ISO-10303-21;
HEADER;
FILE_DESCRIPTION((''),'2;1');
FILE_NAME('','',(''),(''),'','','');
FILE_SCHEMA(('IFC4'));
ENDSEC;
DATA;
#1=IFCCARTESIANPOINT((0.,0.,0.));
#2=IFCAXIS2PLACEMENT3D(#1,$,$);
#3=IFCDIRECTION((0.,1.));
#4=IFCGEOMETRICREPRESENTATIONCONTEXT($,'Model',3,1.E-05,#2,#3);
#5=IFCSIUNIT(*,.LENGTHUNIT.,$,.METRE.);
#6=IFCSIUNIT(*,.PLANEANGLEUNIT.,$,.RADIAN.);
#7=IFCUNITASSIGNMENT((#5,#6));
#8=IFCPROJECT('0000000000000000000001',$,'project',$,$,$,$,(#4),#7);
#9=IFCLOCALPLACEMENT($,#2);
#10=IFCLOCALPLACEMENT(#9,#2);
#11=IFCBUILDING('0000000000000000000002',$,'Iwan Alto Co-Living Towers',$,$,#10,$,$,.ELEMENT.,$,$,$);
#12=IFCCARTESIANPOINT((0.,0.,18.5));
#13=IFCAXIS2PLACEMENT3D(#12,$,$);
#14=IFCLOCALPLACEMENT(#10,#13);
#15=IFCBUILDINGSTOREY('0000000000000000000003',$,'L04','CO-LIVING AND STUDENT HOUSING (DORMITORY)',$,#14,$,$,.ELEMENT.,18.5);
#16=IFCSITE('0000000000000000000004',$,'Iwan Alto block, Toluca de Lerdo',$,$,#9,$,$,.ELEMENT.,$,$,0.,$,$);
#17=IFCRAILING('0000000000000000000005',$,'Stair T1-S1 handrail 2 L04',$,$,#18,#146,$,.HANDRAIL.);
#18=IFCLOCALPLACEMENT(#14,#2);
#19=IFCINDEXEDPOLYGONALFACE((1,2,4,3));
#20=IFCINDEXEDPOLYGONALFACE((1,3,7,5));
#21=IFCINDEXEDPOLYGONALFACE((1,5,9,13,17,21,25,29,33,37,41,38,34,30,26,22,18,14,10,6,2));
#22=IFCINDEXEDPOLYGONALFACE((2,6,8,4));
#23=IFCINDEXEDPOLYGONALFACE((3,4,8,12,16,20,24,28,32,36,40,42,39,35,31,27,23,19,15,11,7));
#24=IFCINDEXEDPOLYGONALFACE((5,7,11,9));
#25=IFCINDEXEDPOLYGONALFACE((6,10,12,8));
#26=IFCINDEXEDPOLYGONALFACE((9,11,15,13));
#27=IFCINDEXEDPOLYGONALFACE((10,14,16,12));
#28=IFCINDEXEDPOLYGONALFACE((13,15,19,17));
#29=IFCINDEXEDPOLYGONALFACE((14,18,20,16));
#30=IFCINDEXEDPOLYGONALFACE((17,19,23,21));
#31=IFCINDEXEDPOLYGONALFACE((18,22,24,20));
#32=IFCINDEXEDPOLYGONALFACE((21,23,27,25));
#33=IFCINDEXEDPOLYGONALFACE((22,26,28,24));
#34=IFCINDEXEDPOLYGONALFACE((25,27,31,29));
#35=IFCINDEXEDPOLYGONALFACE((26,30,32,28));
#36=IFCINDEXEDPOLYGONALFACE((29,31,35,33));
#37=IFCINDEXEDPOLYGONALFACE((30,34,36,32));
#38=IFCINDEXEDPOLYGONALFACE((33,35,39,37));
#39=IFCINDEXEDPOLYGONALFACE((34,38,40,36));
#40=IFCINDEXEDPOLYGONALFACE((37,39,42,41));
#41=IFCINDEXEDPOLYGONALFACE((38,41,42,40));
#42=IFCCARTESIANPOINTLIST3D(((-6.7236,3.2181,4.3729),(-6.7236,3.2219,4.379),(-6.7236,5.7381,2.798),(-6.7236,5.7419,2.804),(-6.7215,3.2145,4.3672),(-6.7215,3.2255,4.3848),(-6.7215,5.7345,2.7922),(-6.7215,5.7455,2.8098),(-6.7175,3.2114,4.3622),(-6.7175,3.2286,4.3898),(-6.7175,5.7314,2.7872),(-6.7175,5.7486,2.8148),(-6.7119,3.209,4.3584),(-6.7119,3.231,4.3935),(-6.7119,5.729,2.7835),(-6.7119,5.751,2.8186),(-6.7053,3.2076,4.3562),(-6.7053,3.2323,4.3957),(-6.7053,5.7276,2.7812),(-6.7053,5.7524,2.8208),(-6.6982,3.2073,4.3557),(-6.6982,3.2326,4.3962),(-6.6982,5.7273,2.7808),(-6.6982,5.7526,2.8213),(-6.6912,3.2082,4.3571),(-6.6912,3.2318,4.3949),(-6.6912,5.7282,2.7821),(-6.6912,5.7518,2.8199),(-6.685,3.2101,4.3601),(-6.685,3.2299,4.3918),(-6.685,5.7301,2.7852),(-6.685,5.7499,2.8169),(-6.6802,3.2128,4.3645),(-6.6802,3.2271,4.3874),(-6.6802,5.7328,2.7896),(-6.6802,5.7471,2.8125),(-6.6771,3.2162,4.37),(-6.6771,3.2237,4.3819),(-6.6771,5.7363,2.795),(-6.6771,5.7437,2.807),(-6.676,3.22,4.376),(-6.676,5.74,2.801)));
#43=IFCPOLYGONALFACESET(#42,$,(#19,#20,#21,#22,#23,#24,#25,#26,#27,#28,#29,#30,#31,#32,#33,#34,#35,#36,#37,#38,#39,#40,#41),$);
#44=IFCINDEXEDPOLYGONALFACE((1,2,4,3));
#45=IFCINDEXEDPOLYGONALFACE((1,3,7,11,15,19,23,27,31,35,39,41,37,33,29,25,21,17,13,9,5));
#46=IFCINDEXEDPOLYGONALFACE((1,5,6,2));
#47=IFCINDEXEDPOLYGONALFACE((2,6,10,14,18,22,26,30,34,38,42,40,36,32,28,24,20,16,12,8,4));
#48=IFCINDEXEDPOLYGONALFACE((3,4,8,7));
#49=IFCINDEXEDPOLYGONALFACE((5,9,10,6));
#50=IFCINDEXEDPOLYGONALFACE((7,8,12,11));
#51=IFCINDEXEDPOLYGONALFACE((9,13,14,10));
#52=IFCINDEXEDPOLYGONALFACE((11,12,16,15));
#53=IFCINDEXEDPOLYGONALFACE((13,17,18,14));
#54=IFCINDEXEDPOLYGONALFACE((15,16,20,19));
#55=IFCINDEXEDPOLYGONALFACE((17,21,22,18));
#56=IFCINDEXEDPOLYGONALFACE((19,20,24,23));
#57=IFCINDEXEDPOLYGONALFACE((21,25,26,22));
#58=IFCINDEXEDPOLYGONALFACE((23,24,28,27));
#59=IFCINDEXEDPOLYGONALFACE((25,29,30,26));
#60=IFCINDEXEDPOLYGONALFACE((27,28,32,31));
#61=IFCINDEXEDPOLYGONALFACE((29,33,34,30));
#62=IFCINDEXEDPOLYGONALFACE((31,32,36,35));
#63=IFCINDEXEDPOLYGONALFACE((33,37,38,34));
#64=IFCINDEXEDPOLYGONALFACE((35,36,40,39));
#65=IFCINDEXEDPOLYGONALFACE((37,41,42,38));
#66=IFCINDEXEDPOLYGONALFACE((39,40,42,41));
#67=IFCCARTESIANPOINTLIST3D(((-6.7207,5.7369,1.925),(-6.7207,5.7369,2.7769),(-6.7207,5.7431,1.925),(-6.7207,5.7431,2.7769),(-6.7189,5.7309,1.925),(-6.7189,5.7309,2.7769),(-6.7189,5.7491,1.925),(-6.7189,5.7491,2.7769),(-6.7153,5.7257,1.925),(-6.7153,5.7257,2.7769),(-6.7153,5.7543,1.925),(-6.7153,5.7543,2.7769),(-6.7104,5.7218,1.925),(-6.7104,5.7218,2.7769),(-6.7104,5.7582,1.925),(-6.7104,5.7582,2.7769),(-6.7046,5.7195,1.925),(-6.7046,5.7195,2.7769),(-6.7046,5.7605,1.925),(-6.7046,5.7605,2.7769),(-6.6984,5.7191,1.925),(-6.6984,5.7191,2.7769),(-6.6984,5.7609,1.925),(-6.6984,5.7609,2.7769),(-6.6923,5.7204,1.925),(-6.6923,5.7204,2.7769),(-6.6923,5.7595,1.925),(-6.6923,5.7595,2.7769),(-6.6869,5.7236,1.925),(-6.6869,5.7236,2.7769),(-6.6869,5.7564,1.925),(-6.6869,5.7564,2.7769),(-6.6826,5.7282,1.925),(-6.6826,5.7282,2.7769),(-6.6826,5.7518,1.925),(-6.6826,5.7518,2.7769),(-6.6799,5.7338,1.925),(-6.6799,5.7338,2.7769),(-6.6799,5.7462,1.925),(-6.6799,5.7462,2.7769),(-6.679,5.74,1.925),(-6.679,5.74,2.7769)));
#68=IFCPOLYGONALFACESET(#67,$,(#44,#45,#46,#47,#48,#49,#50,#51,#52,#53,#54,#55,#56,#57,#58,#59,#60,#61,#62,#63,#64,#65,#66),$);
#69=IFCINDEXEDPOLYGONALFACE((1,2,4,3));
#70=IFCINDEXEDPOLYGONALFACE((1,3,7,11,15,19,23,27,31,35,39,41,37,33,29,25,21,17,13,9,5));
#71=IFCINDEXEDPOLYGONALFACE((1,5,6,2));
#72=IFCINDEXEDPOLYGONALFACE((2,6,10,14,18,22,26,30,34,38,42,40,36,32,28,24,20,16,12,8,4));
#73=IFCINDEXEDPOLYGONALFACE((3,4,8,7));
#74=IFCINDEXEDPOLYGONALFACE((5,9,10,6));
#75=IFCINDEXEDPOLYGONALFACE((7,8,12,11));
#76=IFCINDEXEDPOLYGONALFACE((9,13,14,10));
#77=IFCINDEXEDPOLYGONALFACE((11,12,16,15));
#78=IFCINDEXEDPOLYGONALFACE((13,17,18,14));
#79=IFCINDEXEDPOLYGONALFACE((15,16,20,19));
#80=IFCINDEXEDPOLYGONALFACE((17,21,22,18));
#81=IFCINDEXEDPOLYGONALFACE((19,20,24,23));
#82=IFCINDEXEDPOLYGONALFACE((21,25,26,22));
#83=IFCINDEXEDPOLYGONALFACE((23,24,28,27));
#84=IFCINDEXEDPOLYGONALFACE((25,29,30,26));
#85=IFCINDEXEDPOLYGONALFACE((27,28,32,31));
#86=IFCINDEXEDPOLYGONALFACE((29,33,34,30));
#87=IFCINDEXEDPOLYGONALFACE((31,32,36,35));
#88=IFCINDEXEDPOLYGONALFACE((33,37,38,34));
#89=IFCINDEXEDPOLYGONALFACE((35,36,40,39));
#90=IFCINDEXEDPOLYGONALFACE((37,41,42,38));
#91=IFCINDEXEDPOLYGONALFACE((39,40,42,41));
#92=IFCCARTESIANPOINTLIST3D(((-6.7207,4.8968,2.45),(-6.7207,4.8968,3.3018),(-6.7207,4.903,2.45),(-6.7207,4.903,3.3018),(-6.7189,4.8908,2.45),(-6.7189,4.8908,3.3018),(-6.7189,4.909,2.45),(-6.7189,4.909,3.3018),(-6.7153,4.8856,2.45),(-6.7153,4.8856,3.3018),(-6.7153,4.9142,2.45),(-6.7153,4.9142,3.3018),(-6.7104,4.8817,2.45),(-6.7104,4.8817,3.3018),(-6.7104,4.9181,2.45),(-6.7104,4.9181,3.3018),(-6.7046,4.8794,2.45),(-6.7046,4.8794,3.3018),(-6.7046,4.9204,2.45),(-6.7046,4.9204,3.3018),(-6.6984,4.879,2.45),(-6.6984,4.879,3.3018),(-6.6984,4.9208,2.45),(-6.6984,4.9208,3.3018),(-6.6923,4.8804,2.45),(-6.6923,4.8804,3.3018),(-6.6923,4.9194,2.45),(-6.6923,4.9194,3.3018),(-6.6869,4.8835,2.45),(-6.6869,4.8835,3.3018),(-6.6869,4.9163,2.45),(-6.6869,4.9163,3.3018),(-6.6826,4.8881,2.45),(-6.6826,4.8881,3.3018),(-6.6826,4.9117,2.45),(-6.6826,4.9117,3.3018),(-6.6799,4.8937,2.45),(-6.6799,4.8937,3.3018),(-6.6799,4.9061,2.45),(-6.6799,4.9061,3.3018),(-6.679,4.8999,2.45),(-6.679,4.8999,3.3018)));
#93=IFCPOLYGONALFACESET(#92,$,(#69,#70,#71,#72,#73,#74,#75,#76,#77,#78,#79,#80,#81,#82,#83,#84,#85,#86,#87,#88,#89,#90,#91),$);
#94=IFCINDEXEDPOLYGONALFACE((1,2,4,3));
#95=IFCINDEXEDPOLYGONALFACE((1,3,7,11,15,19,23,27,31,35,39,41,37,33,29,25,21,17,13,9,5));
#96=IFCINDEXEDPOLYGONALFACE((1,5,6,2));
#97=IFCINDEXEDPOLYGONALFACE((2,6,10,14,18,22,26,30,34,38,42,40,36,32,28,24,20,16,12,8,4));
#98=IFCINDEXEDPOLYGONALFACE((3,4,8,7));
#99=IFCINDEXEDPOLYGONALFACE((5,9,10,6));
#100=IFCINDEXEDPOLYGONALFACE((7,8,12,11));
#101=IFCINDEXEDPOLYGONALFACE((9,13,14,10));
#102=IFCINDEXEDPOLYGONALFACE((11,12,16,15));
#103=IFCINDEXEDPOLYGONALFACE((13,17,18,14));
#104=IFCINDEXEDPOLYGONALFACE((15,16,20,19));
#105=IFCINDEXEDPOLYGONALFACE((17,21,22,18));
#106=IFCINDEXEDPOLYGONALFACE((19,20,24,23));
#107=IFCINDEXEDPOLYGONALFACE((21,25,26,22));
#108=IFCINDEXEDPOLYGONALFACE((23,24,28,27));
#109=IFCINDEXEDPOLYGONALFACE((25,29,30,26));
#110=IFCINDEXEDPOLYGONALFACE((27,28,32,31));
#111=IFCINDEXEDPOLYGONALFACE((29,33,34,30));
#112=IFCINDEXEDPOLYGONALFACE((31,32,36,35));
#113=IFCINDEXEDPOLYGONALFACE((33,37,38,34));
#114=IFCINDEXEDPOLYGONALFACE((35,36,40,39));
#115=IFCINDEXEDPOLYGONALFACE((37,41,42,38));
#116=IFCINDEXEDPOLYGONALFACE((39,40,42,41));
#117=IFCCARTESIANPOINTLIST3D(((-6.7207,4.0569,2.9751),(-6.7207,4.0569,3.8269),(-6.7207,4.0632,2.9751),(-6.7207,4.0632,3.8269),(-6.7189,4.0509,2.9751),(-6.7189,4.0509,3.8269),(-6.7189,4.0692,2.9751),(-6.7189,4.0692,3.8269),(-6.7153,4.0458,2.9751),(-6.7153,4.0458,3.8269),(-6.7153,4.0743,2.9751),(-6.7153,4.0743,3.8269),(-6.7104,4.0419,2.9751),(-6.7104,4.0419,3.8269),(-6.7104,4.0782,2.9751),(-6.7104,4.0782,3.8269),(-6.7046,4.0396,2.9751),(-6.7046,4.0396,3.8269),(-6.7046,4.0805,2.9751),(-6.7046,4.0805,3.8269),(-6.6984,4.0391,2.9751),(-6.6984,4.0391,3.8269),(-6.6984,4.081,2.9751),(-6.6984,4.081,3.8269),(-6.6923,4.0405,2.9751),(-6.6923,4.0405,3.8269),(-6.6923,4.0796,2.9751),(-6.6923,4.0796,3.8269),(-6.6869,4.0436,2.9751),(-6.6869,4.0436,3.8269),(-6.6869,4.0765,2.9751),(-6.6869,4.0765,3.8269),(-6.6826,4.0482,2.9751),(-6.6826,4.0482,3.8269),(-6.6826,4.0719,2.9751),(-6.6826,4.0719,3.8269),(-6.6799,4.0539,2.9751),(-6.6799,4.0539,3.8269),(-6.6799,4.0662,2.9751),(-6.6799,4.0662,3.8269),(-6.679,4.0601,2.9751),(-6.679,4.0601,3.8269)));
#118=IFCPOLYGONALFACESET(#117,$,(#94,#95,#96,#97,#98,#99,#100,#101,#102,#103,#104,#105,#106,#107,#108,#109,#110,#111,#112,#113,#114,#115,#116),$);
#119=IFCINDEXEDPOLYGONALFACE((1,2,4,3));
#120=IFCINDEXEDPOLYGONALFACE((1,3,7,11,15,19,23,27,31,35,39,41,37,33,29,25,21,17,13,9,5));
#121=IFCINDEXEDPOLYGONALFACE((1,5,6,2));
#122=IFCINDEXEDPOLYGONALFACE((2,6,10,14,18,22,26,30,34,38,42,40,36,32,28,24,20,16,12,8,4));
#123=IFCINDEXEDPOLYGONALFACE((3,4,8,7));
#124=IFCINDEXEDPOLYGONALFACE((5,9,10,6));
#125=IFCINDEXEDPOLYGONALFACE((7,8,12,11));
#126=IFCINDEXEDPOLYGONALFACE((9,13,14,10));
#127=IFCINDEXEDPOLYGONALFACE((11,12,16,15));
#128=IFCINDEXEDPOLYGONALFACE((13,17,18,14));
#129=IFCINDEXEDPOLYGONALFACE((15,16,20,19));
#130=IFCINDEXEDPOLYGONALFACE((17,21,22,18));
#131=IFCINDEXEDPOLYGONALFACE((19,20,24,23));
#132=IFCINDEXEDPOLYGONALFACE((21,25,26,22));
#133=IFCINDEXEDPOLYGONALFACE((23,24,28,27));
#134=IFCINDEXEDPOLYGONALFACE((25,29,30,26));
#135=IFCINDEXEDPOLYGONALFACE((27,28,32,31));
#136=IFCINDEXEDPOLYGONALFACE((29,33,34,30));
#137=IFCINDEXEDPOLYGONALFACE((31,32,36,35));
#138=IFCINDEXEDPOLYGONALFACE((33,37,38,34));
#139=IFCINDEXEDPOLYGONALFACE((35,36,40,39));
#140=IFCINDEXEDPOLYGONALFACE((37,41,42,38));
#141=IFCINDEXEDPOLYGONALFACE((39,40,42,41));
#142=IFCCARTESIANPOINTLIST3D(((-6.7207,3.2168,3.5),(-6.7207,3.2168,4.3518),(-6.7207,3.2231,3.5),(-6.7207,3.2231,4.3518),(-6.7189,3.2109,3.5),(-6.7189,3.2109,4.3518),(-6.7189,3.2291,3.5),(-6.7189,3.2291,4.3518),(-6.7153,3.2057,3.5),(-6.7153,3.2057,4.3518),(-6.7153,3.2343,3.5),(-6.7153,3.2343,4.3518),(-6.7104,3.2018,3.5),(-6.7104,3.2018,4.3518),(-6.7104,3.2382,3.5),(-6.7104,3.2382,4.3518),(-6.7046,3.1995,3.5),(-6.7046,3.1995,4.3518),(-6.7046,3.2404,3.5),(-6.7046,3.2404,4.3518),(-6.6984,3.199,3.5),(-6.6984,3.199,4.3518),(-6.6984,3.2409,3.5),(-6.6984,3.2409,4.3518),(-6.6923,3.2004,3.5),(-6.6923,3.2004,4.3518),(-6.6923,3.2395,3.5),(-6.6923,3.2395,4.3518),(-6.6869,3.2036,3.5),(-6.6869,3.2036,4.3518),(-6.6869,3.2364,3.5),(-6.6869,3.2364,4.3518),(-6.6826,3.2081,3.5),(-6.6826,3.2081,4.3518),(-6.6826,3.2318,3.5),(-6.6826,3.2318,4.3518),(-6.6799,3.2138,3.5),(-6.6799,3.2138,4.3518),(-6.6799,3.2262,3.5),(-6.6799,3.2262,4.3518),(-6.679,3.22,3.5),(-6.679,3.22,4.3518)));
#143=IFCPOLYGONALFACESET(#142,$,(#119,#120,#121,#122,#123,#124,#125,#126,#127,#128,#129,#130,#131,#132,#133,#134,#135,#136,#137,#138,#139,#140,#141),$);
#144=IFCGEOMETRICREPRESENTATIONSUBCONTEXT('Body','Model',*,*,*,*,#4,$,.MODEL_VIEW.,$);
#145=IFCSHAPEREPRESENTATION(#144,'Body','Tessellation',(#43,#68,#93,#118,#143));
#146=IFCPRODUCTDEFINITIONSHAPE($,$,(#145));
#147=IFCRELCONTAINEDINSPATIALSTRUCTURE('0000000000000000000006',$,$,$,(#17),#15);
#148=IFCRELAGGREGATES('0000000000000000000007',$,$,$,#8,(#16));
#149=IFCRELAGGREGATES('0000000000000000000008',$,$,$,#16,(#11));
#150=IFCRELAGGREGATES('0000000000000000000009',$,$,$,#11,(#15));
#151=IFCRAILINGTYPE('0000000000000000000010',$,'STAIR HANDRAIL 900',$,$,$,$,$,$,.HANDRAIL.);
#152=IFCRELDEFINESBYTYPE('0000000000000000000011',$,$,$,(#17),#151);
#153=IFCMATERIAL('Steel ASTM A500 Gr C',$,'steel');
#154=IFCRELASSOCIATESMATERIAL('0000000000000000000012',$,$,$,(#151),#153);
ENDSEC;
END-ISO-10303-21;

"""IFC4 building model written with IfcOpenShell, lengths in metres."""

from ifc_helpers import new_model, si_unit, direction, frame, origin, origin_2d, place, context, subcontext, project, spatial, circle, extrude, material, type_object, element, save


model = new_model("IFC4")

# Units and contexts
model_context = context("Model", 3, precision=1e-05, world=origin(), true_north=direction((0.0, 1.0)))
body_context = subcontext(model_context, "Body", "Model", "MODEL_VIEW")
ifc_project = project(units=[si_unit("LENGTHUNIT", "METRE"), si_unit("PLANEANGLEUNIT", "RADIAN")], contexts=[model_context])

# Site, building, storey
site_placement = place(None, origin())
site = spatial("IfcSite", under=ifc_project, at=site_placement, Name="Iwan Alto block, Toluca de Lerdo", CompositionType="ELEMENT", RefElevation=0.0)
building_placement = place(site_placement, origin())
building = spatial("IfcBuilding", under=site, at=building_placement, Name="Iwan Alto Co-Living Towers", CompositionType="ELEMENT")
storey_placement = place(building_placement, frame((0.0, 0.0, 18.5)))
storey = spatial("IfcBuildingStorey", under=building, at=storey_placement, Name="L04", Description="CO-LIVING AND STUDENT HOUSING (DORMITORY)", CompositionType="ELEMENT", Elevation=18.5)

# Railing
ifc_material_1 = material(Name="Steel ASTM A500 Gr C", Category="steel")
railing_type_1 = type_object("IfcRailingType", Name="STAIR HANDRAIL 900", PredefinedType="HANDRAIL", material=ifc_material_1)
railing_1_placement = place(storey_placement, frame((-6.7, 5.74, 1.925)))
element("IfcRailing", 1, at=railing_1_placement, inside=storey, type_object=railing_type_1, Name="Stair T1-S1 handrail 2 L04", PredefinedType="HANDRAIL", context=body_context, shape_type="SweptSolid", body=[
    extrude(circle(Radius=0.0239, at=origin_2d()), frame((0.0, 0.0, 0.876), z_axis=(0.0, -0.848008, 0.529984), x_axis=(1.0, 0.0, 0.0)), (0.0, 0.0, 1.0), 2.9717),
    extrude(circle(Radius=0.021, at=origin_2d()), origin(), (0.0, 0.0, 1.0), 0.8518),
    extrude(circle(Radius=0.021, at=origin_2d()), frame((0.0, -0.8401, 0.5249)), (0.0, 0.0, 1.0), 0.8518),
    extrude(circle(Radius=0.021, at=origin_2d()), frame((0.0, -1.6799, 1.05)), (0.0, 0.0, 1.0), 0.8518),
    extrude(circle(Radius=0.021, at=origin_2d()), frame((0.0, -2.52, 1.575)), (0.0, 0.0, 1.0), 0.8518),
])

save(model, "model.ifc")
